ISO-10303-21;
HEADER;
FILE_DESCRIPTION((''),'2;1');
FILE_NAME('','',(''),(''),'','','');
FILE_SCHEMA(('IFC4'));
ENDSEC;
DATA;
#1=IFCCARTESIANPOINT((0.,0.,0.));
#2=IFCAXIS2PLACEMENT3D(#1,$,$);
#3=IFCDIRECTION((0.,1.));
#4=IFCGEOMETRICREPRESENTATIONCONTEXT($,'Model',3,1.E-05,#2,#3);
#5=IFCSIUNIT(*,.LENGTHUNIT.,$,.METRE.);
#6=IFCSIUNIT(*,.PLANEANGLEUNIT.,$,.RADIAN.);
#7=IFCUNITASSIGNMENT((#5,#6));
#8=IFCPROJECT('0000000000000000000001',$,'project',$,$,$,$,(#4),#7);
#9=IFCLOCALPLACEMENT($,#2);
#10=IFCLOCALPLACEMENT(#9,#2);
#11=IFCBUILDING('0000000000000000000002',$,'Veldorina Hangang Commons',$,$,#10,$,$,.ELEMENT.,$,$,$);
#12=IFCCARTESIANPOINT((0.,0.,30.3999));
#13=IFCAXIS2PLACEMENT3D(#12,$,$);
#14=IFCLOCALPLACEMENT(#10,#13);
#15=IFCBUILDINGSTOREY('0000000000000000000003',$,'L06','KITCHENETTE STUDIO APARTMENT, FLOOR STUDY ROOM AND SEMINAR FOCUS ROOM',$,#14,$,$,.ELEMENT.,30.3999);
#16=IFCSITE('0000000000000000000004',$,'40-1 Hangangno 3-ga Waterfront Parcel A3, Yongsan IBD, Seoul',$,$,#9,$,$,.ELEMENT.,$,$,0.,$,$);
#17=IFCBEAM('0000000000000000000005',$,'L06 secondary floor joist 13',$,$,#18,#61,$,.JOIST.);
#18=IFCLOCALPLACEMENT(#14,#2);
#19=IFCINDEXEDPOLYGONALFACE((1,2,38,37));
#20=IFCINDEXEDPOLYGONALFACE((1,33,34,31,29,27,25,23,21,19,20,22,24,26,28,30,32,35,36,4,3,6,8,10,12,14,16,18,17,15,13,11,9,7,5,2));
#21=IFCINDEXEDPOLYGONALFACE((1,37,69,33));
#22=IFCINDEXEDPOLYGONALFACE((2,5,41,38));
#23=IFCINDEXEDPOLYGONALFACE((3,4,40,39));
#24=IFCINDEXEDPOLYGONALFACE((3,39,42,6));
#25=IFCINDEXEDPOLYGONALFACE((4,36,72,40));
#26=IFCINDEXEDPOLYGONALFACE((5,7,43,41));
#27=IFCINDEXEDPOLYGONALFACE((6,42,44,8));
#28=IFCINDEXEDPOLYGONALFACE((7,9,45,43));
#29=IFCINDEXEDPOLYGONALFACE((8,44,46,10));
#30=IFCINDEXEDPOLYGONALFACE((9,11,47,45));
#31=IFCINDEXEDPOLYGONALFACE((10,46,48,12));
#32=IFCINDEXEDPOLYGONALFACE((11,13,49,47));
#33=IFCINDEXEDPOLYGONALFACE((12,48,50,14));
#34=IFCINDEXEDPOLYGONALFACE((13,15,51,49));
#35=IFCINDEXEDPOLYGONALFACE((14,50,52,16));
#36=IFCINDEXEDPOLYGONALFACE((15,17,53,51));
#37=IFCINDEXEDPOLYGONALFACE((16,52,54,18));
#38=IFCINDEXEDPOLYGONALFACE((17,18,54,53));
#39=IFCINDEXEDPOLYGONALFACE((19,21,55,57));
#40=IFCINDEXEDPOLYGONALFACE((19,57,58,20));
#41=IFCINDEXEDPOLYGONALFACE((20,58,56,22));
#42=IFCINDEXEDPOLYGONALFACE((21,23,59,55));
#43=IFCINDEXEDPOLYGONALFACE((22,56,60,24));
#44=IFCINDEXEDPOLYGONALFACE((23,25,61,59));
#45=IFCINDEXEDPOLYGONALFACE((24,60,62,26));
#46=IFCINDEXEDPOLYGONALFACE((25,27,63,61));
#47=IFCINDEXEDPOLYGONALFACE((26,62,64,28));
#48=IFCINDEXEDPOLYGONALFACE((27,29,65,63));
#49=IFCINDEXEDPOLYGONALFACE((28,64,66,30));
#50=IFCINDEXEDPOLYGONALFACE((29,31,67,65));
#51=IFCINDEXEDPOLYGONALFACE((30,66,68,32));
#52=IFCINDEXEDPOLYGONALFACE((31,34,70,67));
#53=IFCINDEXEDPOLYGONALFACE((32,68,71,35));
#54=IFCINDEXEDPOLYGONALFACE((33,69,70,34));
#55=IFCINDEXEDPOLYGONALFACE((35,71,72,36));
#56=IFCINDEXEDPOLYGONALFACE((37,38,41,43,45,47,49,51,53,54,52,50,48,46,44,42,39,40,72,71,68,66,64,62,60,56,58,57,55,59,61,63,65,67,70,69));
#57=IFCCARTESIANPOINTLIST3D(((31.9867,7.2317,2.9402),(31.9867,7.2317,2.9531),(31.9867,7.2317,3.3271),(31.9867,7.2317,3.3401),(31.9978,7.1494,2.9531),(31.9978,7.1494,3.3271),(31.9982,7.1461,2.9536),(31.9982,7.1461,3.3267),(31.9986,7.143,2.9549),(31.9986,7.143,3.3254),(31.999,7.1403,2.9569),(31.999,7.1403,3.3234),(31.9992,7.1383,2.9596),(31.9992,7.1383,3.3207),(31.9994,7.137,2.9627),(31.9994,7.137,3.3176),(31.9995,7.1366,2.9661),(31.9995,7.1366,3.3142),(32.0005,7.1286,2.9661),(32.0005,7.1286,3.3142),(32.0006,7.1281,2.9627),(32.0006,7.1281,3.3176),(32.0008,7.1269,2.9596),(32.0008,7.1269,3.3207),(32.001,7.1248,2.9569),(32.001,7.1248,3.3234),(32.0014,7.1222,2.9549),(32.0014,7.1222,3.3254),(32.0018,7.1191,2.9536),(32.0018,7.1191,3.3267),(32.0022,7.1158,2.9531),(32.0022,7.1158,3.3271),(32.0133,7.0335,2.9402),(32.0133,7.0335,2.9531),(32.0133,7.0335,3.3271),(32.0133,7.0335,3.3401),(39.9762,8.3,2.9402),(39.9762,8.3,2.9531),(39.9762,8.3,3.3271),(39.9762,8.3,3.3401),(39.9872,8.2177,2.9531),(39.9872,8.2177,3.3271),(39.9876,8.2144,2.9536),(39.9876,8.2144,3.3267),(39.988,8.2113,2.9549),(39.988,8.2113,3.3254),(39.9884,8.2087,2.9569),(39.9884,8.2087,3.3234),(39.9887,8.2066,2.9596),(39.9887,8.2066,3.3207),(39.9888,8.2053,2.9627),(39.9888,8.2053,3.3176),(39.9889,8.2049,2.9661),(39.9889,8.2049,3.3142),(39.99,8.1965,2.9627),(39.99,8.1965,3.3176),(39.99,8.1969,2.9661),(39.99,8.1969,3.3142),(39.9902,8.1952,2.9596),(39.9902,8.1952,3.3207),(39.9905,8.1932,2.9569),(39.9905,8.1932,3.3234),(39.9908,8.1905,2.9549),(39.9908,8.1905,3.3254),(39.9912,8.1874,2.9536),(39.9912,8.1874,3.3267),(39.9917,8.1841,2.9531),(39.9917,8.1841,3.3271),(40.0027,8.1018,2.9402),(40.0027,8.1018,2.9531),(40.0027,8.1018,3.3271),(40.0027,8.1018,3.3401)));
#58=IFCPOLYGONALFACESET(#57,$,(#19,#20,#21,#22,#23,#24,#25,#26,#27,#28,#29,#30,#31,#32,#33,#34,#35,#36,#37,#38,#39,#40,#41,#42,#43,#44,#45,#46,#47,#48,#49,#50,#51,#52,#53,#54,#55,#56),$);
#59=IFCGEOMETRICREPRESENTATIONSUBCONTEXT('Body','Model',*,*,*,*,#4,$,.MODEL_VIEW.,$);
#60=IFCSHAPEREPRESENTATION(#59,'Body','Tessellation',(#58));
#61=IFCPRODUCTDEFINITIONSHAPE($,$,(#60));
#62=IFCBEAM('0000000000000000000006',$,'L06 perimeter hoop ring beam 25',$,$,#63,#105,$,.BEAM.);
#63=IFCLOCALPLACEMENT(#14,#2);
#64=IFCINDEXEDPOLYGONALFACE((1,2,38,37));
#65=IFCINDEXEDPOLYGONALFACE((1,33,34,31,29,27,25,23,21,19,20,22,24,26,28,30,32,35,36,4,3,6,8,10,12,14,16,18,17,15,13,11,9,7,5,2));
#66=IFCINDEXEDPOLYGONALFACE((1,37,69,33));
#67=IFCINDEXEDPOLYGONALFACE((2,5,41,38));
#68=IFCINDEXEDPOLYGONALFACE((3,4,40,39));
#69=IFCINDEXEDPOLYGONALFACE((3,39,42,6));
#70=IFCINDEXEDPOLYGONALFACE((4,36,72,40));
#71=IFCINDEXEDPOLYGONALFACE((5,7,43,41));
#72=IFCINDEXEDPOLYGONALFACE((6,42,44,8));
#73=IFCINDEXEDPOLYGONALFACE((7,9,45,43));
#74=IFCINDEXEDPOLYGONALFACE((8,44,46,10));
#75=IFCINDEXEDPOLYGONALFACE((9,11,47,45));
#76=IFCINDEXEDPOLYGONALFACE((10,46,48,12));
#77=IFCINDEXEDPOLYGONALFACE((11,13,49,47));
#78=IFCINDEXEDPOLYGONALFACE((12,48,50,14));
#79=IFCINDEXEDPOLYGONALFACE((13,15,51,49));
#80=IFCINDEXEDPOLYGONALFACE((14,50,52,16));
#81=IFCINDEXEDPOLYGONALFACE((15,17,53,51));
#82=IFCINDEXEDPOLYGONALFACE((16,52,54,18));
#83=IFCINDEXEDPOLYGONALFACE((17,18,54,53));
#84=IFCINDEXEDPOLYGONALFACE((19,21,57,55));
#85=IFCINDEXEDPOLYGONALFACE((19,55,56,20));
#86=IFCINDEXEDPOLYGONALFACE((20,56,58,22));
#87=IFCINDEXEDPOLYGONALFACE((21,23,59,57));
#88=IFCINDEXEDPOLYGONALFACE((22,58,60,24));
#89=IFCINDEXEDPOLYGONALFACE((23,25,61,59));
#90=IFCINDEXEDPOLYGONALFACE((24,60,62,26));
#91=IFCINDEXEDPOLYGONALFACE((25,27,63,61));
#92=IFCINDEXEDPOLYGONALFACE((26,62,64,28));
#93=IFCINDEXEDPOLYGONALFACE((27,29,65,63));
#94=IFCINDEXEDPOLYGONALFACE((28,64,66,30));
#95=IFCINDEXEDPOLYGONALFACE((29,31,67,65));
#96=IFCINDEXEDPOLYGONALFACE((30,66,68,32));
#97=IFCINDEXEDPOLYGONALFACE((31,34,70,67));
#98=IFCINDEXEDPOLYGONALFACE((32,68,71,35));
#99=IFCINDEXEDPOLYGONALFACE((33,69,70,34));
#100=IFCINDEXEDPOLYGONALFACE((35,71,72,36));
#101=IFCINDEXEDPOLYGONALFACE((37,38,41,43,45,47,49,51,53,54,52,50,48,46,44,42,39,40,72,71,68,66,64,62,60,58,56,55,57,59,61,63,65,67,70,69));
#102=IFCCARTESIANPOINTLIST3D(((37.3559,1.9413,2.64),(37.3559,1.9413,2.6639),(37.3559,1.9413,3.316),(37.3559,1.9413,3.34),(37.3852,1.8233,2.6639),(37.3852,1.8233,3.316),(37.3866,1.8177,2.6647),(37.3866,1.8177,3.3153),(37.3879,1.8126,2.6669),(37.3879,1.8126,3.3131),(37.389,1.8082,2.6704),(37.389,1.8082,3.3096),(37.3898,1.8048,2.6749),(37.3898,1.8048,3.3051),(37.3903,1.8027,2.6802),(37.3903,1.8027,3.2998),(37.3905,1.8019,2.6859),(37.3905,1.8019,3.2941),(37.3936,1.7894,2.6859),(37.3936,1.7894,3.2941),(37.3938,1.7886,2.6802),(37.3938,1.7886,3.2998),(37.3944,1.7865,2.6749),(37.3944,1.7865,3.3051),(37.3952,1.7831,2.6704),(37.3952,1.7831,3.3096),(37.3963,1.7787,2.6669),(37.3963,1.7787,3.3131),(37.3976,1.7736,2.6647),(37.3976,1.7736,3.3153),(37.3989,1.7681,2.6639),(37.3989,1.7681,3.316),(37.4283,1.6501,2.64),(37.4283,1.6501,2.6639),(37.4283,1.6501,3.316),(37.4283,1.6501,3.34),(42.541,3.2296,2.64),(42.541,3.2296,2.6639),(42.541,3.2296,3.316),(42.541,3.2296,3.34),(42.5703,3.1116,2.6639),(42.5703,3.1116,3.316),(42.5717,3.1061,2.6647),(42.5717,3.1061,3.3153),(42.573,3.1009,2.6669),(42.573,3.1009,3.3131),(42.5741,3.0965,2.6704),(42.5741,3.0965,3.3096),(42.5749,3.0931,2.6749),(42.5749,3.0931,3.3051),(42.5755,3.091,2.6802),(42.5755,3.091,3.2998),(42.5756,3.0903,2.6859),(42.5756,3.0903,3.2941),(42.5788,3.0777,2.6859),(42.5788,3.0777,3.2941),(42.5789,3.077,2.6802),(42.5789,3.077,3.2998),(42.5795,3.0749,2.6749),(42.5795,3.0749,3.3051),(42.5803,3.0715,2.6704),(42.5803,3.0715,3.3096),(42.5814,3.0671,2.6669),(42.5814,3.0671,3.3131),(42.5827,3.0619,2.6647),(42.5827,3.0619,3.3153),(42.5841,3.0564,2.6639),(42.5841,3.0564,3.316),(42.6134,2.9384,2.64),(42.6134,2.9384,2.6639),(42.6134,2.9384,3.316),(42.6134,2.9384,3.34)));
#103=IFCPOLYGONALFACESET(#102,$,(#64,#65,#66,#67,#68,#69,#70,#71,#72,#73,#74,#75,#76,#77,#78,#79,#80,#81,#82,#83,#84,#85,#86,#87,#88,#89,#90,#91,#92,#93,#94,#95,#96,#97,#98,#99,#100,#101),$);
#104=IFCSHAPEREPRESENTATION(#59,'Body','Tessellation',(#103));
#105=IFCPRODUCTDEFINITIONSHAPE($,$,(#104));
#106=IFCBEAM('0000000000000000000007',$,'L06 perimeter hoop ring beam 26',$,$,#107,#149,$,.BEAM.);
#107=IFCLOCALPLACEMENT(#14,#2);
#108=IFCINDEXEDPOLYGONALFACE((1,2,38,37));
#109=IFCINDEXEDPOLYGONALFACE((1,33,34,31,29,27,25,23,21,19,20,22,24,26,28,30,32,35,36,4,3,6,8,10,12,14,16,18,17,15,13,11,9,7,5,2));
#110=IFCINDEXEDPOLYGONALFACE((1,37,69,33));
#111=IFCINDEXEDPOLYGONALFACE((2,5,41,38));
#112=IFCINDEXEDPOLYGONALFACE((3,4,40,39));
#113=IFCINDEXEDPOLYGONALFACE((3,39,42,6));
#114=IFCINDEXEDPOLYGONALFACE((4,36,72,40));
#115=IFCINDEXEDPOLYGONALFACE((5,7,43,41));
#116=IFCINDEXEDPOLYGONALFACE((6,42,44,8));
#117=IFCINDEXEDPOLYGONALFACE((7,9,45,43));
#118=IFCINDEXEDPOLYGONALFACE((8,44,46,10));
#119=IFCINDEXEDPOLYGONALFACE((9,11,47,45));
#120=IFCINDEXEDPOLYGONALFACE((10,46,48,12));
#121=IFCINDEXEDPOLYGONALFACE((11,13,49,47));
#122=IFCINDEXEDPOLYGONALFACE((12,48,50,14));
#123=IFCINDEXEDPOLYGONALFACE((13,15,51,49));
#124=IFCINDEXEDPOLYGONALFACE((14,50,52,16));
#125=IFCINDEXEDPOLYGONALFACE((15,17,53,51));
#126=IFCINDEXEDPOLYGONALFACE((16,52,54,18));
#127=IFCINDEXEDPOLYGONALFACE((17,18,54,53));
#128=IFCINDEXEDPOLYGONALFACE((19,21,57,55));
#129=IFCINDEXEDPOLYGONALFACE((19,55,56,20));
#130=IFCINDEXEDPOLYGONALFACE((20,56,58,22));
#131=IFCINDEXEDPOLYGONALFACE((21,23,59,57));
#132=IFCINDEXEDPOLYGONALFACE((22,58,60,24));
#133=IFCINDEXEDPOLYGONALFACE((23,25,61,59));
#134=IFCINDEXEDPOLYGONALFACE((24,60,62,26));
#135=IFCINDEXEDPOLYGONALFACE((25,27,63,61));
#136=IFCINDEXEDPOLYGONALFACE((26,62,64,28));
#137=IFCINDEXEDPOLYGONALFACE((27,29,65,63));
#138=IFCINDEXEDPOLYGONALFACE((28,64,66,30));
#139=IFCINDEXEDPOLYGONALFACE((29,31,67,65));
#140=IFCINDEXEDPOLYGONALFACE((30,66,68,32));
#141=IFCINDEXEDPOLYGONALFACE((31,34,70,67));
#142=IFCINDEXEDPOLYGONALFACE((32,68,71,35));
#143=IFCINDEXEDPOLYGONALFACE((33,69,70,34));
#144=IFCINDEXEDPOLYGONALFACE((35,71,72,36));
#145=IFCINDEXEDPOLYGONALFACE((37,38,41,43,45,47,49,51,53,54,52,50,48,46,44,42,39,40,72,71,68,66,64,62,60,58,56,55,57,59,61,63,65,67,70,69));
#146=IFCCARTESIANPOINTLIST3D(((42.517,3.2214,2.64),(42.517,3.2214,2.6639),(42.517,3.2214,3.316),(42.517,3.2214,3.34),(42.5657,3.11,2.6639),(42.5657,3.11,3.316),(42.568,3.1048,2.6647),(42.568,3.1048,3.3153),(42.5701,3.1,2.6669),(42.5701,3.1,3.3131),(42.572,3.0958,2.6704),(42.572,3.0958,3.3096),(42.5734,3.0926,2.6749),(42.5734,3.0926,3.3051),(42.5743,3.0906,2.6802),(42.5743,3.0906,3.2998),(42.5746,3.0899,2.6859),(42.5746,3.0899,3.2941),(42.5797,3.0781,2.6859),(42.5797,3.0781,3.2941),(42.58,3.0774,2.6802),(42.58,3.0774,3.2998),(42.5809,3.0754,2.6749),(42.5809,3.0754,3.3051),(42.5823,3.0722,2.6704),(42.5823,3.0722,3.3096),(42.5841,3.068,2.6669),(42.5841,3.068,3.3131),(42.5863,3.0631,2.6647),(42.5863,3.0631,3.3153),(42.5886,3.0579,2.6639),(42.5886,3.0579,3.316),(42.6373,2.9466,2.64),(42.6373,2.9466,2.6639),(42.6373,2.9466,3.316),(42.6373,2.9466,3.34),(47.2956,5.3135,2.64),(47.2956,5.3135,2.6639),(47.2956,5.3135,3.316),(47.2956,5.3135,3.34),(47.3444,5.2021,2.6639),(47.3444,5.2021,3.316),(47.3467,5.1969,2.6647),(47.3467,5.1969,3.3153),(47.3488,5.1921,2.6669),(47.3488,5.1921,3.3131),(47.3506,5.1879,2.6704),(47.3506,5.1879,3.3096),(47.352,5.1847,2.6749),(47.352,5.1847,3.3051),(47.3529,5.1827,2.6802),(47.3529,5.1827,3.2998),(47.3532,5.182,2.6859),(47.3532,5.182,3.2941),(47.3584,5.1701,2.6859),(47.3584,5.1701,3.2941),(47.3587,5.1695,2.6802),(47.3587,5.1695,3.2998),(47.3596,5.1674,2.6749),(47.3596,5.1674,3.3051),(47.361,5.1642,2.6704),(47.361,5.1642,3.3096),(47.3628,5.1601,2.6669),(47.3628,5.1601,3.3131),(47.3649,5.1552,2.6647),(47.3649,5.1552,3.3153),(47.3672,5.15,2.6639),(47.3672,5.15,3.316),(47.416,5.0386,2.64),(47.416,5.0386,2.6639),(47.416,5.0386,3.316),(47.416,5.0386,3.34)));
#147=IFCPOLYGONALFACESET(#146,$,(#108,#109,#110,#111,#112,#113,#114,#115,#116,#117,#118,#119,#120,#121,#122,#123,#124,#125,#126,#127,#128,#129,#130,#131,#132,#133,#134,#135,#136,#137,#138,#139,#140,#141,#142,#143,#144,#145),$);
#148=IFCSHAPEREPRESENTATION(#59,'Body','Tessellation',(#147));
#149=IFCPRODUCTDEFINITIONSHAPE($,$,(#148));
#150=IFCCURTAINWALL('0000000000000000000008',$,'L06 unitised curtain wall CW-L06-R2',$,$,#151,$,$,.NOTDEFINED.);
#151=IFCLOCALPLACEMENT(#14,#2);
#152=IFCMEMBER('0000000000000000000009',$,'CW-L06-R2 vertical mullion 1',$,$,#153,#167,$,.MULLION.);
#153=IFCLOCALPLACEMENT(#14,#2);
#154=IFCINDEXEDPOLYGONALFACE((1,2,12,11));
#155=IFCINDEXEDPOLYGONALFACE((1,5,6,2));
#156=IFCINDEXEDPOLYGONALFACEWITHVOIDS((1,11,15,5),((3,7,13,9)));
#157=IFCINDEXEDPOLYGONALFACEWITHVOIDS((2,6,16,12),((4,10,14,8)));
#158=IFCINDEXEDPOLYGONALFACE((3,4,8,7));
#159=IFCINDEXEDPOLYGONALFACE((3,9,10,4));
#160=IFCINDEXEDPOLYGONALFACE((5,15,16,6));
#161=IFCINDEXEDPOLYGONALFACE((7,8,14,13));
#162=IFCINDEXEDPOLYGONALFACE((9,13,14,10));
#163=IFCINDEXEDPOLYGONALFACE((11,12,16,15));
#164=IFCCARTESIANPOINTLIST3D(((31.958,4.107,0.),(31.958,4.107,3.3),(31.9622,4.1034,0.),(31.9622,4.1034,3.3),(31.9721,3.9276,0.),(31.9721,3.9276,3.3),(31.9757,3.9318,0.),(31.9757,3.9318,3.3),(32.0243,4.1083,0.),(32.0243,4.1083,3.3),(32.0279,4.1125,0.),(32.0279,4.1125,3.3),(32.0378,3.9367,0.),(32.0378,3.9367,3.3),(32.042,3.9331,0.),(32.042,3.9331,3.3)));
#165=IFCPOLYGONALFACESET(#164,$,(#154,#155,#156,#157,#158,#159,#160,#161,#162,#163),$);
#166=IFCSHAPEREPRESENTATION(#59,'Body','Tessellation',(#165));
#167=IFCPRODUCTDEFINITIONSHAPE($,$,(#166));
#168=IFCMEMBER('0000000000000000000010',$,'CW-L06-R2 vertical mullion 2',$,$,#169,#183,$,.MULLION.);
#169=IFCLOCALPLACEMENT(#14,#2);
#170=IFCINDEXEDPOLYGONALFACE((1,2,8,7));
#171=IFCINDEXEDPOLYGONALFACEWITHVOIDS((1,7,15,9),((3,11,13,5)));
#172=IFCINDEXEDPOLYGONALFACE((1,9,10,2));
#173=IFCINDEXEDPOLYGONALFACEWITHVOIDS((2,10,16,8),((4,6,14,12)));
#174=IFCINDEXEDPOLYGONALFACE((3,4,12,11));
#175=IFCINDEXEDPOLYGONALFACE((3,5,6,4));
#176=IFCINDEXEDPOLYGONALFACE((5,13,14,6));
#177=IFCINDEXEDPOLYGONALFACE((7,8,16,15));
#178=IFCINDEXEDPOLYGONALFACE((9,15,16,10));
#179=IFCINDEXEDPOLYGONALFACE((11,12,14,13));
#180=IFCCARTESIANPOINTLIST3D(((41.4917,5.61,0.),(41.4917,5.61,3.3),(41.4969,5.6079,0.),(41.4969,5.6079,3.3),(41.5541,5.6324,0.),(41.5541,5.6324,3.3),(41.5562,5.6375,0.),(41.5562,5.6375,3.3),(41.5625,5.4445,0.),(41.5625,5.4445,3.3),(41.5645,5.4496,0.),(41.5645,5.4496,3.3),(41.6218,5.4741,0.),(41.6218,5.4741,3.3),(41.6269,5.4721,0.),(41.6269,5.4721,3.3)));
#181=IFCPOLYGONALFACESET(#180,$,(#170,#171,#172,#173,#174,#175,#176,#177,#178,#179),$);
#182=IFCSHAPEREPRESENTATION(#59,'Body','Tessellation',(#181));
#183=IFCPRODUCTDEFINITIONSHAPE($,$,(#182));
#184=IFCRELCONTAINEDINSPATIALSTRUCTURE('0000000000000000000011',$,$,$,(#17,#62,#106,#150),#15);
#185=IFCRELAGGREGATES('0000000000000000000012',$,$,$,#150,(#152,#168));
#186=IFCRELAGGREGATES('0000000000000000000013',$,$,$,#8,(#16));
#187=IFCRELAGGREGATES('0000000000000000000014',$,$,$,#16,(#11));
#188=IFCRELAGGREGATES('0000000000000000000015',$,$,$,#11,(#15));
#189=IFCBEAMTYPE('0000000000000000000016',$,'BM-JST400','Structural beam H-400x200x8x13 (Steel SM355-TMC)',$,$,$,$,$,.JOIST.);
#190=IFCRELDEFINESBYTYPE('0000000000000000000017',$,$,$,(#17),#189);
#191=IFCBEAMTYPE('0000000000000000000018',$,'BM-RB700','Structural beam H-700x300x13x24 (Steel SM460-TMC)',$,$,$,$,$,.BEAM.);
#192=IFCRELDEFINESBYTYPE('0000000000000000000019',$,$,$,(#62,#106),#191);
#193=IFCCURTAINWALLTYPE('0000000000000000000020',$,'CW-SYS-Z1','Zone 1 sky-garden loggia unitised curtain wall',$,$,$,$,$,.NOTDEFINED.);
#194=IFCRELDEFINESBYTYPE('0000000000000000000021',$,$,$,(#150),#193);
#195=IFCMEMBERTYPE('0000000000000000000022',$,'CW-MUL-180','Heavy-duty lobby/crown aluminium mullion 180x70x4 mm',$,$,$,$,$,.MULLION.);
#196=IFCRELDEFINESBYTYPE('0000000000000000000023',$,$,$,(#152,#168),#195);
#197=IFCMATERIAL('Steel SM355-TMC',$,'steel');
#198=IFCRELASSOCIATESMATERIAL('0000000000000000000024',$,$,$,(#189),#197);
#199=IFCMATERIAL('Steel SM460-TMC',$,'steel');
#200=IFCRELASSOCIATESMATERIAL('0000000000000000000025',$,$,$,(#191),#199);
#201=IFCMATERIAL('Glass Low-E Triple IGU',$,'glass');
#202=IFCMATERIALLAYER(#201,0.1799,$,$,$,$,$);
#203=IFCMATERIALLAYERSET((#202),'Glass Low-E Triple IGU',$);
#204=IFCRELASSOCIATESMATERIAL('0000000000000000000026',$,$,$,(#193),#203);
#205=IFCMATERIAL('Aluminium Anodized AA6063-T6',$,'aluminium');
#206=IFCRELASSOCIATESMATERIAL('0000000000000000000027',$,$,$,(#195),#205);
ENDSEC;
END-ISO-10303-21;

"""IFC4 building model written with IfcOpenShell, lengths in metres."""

from ifc_helpers import new_model, si_unit, direction, frame, origin, origin_2d, place, context, subcontext, project, spatial, hollow_rectangle, i_section, extrude, material, layer, layer_set, material_profile, profile_set, type_object, element, aggregate, save


model = new_model("IFC4")

# Units and contexts
model_context = context("Model", 3, precision=1e-05, world=origin(), true_north=direction((0.0, 1.0)))
body_context = subcontext(model_context, "Body", "Model", "MODEL_VIEW")
ifc_project = project(units=[si_unit("LENGTHUNIT", "METRE"), si_unit("PLANEANGLEUNIT", "RADIAN")], contexts=[model_context])

# Site, building, storey
site_placement = place(None, origin())
site = spatial("IfcSite", under=ifc_project, at=site_placement, Name="40-1 Hangangno 3-ga Waterfront Parcel A3, Yongsan IBD, Seoul", CompositionType="ELEMENT", RefElevation=0.0)
building_placement = place(site_placement, origin())
building = spatial("IfcBuilding", under=site, at=building_placement, Name="Veldorina Hangang Commons", CompositionType="ELEMENT")
storey_placement = place(building_placement, frame((0.0, 0.0, 30.3999)))
storey = spatial("IfcBuildingStorey", under=building, at=storey_placement, Name="L06", Description="KITCHENETTE STUDIO APARTMENT, FLOOR STUDY ROOM AND SEMINAR FOCUS ROOM", CompositionType="ELEMENT", Elevation=30.3999)

# Beams
ifc_material_1 = material(Name="Steel SM355-TMC", Category="steel")
ifc_material_profile_1 = material_profile(ifc_material_1, i_section(OverallWidth=0.2, OverallDepth=0.3999, WebThickness=0.0081, FlangeThickness=0.0129, FilletRadius=0.0129, at=origin_2d()), Name="H-400x200x8x13")
ifc_profile_set_1 = profile_set([ifc_material_profile_1], Name="Steel SM355-TMC")
beam_type_1 = type_object("IfcBeamType", Name="BM-JST400", Description="Structural beam H-400x200x8x13 (Steel SM355-TMC)", PredefinedType="JOIST", material=ifc_profile_set_1)
beam_1_placement = place(storey_placement, frame((32.0, 7.1326, 3.1401), z_axis=(0.991178, 0.132541, 0.0), x_axis=(-0.132541, 0.991178, 0.0)))
element("IfcBeam", 1, at=beam_1_placement, inside=storey, type_object=beam_type_1, Name="L06 secondary floor joist 13", PredefinedType="JOIST", context=body_context, shape_type="SweptSolid", body=[
    extrude(i_section(OverallWidth=0.2, OverallDepth=0.3999, WebThickness=0.0081, FlangeThickness=0.0129, FilletRadius=0.0129, at=origin_2d()), origin(), (0.0, 0.0, 1.0), 8.0605),
])
ifc_material_2 = material(Name="Steel SM460-TMC", Category="steel")
ifc_material_profile_2 = material_profile(ifc_material_2, i_section(OverallWidth=0.3, OverallDepth=0.7, WebThickness=0.0129, FlangeThickness=0.0239, FilletRadius=0.022, at=origin_2d()), Name="H-700x300x13x24")
ifc_profile_set_2 = profile_set([ifc_material_profile_2], Name="Steel SM460-TMC")
beam_type_2 = type_object("IfcBeamType", Name="BM-RB700", Description="Structural beam H-700x300x13x24 (Steel SM460-TMC)", PredefinedType="BEAM", material=ifc_profile_set_2)
beam_2_placement = place(storey_placement, frame((37.3921, 1.7957, 2.99), z_axis=(0.970491, 0.241138, 0.0), x_axis=(-0.241138, 0.970491, 0.0)))
element("IfcBeam", 2, at=beam_2_placement, inside=storey, type_object=beam_type_2, Name="L06 perimeter hoop ring beam 25", PredefinedType="BEAM", context=body_context, shape_type="SweptSolid", body=[
    extrude(i_section(OverallWidth=0.3, OverallDepth=0.7, WebThickness=0.0129, FlangeThickness=0.0239, FilletRadius=0.022, at=origin_2d()), origin(), (0.0, 0.0, 1.0), 5.3428),
])
beam_3_placement = place(storey_placement, frame((42.5771, 3.084, 2.99), z_axis=(0.916057, 0.401047, 0.0), x_axis=(-0.401047, 0.916057, 0.0)))
element("IfcBeam", 3, at=beam_3_placement, inside=storey, type_object=beam_type_2, Name="L06 perimeter hoop ring beam 26", PredefinedType="BEAM", context=body_context, shape_type="SweptSolid", body=[
    extrude(i_section(OverallWidth=0.3, OverallDepth=0.7, WebThickness=0.0129, FlangeThickness=0.0239, FilletRadius=0.022, at=origin_2d()), origin(), (0.0, 0.0, 1.0), 5.2166),
])

# Curtain wall, members
ifc_material_3 = material(Name="Glass Low-E Triple IGU", Category="glass")
ifc_layer_1 = layer(ifc_material_3, 0.1799)
ifc_layer_set_1 = layer_set([ifc_layer_1], Name="Glass Low-E Triple IGU")
curtain_wall_type = type_object("IfcCurtainWallType", Name="CW-SYS-Z1", Description="Zone 1 sky-garden loggia unitised curtain wall", PredefinedType="NOTDEFINED", material=ifc_layer_set_1)
curtain_wall_placement = place(storey_placement, origin())
curtain_wall = element("IfcCurtainWall", 4, at=curtain_wall_placement, inside=storey, type_object=curtain_wall_type, Name="L06 unitised curtain wall CW-L06-R2", PredefinedType="NOTDEFINED")
ifc_material_4 = material(Name="Aluminium Anodized AA6063-T6", Category="aluminium")
ifc_material_profile_3 = material_profile(ifc_material_4, hollow_rectangle(XDim=0.0701, YDim=0.1799, WallThickness=0.0039, at=origin_2d()), Name="ALU-RHS-180x70x4")
ifc_profile_set_3 = profile_set([ifc_material_profile_3], Name="Aluminium Anodized AA6063-T6")
member_type_1 = type_object("IfcMemberType", Name="CW-MUL-180", Description="Heavy-duty lobby/crown aluminium mullion 180x70x4 mm", PredefinedType="MULLION", material=ifc_profile_set_3)
member_1_placement = place(storey_placement, frame((32.0, 4.02, 0.0), z_axis=(0.0, 0.0, 1.0), x_axis=(0.996912, 0.078529, 0.0)))
member_1 = element("IfcMember", 5, at=member_1_placement, type_object=member_type_1, Name="CW-L06-R2 vertical mullion 1", PredefinedType="MULLION", context=body_context, shape_type="SweptSolid", body=[
    extrude(hollow_rectangle(XDim=0.0701, YDim=0.1799, WallThickness=0.0039, at=origin_2d()), origin(), (0.0, 0.0, 1.0), 3.3),
])
member_2_placement = place(storey_placement, frame((41.5593, 5.541, 0.0), z_axis=(0.0, 0.0, 1.0), x_axis=(0.919499, 0.393092, 0.0)))
member_2 = element("IfcMember", 6, at=member_2_placement, type_object=member_type_1, Name="CW-L06-R2 vertical mullion 2", PredefinedType="MULLION", context=body_context, shape_type="SweptSolid", body=[
    extrude(hollow_rectangle(XDim=0.0701, YDim=0.1799, WallThickness=0.0039, at=origin_2d()), origin(), (0.0, 0.0, 1.0), 3.3),
])

aggregate(curtain_wall, [member_1, member_2])

save(model, "model.ifc")
